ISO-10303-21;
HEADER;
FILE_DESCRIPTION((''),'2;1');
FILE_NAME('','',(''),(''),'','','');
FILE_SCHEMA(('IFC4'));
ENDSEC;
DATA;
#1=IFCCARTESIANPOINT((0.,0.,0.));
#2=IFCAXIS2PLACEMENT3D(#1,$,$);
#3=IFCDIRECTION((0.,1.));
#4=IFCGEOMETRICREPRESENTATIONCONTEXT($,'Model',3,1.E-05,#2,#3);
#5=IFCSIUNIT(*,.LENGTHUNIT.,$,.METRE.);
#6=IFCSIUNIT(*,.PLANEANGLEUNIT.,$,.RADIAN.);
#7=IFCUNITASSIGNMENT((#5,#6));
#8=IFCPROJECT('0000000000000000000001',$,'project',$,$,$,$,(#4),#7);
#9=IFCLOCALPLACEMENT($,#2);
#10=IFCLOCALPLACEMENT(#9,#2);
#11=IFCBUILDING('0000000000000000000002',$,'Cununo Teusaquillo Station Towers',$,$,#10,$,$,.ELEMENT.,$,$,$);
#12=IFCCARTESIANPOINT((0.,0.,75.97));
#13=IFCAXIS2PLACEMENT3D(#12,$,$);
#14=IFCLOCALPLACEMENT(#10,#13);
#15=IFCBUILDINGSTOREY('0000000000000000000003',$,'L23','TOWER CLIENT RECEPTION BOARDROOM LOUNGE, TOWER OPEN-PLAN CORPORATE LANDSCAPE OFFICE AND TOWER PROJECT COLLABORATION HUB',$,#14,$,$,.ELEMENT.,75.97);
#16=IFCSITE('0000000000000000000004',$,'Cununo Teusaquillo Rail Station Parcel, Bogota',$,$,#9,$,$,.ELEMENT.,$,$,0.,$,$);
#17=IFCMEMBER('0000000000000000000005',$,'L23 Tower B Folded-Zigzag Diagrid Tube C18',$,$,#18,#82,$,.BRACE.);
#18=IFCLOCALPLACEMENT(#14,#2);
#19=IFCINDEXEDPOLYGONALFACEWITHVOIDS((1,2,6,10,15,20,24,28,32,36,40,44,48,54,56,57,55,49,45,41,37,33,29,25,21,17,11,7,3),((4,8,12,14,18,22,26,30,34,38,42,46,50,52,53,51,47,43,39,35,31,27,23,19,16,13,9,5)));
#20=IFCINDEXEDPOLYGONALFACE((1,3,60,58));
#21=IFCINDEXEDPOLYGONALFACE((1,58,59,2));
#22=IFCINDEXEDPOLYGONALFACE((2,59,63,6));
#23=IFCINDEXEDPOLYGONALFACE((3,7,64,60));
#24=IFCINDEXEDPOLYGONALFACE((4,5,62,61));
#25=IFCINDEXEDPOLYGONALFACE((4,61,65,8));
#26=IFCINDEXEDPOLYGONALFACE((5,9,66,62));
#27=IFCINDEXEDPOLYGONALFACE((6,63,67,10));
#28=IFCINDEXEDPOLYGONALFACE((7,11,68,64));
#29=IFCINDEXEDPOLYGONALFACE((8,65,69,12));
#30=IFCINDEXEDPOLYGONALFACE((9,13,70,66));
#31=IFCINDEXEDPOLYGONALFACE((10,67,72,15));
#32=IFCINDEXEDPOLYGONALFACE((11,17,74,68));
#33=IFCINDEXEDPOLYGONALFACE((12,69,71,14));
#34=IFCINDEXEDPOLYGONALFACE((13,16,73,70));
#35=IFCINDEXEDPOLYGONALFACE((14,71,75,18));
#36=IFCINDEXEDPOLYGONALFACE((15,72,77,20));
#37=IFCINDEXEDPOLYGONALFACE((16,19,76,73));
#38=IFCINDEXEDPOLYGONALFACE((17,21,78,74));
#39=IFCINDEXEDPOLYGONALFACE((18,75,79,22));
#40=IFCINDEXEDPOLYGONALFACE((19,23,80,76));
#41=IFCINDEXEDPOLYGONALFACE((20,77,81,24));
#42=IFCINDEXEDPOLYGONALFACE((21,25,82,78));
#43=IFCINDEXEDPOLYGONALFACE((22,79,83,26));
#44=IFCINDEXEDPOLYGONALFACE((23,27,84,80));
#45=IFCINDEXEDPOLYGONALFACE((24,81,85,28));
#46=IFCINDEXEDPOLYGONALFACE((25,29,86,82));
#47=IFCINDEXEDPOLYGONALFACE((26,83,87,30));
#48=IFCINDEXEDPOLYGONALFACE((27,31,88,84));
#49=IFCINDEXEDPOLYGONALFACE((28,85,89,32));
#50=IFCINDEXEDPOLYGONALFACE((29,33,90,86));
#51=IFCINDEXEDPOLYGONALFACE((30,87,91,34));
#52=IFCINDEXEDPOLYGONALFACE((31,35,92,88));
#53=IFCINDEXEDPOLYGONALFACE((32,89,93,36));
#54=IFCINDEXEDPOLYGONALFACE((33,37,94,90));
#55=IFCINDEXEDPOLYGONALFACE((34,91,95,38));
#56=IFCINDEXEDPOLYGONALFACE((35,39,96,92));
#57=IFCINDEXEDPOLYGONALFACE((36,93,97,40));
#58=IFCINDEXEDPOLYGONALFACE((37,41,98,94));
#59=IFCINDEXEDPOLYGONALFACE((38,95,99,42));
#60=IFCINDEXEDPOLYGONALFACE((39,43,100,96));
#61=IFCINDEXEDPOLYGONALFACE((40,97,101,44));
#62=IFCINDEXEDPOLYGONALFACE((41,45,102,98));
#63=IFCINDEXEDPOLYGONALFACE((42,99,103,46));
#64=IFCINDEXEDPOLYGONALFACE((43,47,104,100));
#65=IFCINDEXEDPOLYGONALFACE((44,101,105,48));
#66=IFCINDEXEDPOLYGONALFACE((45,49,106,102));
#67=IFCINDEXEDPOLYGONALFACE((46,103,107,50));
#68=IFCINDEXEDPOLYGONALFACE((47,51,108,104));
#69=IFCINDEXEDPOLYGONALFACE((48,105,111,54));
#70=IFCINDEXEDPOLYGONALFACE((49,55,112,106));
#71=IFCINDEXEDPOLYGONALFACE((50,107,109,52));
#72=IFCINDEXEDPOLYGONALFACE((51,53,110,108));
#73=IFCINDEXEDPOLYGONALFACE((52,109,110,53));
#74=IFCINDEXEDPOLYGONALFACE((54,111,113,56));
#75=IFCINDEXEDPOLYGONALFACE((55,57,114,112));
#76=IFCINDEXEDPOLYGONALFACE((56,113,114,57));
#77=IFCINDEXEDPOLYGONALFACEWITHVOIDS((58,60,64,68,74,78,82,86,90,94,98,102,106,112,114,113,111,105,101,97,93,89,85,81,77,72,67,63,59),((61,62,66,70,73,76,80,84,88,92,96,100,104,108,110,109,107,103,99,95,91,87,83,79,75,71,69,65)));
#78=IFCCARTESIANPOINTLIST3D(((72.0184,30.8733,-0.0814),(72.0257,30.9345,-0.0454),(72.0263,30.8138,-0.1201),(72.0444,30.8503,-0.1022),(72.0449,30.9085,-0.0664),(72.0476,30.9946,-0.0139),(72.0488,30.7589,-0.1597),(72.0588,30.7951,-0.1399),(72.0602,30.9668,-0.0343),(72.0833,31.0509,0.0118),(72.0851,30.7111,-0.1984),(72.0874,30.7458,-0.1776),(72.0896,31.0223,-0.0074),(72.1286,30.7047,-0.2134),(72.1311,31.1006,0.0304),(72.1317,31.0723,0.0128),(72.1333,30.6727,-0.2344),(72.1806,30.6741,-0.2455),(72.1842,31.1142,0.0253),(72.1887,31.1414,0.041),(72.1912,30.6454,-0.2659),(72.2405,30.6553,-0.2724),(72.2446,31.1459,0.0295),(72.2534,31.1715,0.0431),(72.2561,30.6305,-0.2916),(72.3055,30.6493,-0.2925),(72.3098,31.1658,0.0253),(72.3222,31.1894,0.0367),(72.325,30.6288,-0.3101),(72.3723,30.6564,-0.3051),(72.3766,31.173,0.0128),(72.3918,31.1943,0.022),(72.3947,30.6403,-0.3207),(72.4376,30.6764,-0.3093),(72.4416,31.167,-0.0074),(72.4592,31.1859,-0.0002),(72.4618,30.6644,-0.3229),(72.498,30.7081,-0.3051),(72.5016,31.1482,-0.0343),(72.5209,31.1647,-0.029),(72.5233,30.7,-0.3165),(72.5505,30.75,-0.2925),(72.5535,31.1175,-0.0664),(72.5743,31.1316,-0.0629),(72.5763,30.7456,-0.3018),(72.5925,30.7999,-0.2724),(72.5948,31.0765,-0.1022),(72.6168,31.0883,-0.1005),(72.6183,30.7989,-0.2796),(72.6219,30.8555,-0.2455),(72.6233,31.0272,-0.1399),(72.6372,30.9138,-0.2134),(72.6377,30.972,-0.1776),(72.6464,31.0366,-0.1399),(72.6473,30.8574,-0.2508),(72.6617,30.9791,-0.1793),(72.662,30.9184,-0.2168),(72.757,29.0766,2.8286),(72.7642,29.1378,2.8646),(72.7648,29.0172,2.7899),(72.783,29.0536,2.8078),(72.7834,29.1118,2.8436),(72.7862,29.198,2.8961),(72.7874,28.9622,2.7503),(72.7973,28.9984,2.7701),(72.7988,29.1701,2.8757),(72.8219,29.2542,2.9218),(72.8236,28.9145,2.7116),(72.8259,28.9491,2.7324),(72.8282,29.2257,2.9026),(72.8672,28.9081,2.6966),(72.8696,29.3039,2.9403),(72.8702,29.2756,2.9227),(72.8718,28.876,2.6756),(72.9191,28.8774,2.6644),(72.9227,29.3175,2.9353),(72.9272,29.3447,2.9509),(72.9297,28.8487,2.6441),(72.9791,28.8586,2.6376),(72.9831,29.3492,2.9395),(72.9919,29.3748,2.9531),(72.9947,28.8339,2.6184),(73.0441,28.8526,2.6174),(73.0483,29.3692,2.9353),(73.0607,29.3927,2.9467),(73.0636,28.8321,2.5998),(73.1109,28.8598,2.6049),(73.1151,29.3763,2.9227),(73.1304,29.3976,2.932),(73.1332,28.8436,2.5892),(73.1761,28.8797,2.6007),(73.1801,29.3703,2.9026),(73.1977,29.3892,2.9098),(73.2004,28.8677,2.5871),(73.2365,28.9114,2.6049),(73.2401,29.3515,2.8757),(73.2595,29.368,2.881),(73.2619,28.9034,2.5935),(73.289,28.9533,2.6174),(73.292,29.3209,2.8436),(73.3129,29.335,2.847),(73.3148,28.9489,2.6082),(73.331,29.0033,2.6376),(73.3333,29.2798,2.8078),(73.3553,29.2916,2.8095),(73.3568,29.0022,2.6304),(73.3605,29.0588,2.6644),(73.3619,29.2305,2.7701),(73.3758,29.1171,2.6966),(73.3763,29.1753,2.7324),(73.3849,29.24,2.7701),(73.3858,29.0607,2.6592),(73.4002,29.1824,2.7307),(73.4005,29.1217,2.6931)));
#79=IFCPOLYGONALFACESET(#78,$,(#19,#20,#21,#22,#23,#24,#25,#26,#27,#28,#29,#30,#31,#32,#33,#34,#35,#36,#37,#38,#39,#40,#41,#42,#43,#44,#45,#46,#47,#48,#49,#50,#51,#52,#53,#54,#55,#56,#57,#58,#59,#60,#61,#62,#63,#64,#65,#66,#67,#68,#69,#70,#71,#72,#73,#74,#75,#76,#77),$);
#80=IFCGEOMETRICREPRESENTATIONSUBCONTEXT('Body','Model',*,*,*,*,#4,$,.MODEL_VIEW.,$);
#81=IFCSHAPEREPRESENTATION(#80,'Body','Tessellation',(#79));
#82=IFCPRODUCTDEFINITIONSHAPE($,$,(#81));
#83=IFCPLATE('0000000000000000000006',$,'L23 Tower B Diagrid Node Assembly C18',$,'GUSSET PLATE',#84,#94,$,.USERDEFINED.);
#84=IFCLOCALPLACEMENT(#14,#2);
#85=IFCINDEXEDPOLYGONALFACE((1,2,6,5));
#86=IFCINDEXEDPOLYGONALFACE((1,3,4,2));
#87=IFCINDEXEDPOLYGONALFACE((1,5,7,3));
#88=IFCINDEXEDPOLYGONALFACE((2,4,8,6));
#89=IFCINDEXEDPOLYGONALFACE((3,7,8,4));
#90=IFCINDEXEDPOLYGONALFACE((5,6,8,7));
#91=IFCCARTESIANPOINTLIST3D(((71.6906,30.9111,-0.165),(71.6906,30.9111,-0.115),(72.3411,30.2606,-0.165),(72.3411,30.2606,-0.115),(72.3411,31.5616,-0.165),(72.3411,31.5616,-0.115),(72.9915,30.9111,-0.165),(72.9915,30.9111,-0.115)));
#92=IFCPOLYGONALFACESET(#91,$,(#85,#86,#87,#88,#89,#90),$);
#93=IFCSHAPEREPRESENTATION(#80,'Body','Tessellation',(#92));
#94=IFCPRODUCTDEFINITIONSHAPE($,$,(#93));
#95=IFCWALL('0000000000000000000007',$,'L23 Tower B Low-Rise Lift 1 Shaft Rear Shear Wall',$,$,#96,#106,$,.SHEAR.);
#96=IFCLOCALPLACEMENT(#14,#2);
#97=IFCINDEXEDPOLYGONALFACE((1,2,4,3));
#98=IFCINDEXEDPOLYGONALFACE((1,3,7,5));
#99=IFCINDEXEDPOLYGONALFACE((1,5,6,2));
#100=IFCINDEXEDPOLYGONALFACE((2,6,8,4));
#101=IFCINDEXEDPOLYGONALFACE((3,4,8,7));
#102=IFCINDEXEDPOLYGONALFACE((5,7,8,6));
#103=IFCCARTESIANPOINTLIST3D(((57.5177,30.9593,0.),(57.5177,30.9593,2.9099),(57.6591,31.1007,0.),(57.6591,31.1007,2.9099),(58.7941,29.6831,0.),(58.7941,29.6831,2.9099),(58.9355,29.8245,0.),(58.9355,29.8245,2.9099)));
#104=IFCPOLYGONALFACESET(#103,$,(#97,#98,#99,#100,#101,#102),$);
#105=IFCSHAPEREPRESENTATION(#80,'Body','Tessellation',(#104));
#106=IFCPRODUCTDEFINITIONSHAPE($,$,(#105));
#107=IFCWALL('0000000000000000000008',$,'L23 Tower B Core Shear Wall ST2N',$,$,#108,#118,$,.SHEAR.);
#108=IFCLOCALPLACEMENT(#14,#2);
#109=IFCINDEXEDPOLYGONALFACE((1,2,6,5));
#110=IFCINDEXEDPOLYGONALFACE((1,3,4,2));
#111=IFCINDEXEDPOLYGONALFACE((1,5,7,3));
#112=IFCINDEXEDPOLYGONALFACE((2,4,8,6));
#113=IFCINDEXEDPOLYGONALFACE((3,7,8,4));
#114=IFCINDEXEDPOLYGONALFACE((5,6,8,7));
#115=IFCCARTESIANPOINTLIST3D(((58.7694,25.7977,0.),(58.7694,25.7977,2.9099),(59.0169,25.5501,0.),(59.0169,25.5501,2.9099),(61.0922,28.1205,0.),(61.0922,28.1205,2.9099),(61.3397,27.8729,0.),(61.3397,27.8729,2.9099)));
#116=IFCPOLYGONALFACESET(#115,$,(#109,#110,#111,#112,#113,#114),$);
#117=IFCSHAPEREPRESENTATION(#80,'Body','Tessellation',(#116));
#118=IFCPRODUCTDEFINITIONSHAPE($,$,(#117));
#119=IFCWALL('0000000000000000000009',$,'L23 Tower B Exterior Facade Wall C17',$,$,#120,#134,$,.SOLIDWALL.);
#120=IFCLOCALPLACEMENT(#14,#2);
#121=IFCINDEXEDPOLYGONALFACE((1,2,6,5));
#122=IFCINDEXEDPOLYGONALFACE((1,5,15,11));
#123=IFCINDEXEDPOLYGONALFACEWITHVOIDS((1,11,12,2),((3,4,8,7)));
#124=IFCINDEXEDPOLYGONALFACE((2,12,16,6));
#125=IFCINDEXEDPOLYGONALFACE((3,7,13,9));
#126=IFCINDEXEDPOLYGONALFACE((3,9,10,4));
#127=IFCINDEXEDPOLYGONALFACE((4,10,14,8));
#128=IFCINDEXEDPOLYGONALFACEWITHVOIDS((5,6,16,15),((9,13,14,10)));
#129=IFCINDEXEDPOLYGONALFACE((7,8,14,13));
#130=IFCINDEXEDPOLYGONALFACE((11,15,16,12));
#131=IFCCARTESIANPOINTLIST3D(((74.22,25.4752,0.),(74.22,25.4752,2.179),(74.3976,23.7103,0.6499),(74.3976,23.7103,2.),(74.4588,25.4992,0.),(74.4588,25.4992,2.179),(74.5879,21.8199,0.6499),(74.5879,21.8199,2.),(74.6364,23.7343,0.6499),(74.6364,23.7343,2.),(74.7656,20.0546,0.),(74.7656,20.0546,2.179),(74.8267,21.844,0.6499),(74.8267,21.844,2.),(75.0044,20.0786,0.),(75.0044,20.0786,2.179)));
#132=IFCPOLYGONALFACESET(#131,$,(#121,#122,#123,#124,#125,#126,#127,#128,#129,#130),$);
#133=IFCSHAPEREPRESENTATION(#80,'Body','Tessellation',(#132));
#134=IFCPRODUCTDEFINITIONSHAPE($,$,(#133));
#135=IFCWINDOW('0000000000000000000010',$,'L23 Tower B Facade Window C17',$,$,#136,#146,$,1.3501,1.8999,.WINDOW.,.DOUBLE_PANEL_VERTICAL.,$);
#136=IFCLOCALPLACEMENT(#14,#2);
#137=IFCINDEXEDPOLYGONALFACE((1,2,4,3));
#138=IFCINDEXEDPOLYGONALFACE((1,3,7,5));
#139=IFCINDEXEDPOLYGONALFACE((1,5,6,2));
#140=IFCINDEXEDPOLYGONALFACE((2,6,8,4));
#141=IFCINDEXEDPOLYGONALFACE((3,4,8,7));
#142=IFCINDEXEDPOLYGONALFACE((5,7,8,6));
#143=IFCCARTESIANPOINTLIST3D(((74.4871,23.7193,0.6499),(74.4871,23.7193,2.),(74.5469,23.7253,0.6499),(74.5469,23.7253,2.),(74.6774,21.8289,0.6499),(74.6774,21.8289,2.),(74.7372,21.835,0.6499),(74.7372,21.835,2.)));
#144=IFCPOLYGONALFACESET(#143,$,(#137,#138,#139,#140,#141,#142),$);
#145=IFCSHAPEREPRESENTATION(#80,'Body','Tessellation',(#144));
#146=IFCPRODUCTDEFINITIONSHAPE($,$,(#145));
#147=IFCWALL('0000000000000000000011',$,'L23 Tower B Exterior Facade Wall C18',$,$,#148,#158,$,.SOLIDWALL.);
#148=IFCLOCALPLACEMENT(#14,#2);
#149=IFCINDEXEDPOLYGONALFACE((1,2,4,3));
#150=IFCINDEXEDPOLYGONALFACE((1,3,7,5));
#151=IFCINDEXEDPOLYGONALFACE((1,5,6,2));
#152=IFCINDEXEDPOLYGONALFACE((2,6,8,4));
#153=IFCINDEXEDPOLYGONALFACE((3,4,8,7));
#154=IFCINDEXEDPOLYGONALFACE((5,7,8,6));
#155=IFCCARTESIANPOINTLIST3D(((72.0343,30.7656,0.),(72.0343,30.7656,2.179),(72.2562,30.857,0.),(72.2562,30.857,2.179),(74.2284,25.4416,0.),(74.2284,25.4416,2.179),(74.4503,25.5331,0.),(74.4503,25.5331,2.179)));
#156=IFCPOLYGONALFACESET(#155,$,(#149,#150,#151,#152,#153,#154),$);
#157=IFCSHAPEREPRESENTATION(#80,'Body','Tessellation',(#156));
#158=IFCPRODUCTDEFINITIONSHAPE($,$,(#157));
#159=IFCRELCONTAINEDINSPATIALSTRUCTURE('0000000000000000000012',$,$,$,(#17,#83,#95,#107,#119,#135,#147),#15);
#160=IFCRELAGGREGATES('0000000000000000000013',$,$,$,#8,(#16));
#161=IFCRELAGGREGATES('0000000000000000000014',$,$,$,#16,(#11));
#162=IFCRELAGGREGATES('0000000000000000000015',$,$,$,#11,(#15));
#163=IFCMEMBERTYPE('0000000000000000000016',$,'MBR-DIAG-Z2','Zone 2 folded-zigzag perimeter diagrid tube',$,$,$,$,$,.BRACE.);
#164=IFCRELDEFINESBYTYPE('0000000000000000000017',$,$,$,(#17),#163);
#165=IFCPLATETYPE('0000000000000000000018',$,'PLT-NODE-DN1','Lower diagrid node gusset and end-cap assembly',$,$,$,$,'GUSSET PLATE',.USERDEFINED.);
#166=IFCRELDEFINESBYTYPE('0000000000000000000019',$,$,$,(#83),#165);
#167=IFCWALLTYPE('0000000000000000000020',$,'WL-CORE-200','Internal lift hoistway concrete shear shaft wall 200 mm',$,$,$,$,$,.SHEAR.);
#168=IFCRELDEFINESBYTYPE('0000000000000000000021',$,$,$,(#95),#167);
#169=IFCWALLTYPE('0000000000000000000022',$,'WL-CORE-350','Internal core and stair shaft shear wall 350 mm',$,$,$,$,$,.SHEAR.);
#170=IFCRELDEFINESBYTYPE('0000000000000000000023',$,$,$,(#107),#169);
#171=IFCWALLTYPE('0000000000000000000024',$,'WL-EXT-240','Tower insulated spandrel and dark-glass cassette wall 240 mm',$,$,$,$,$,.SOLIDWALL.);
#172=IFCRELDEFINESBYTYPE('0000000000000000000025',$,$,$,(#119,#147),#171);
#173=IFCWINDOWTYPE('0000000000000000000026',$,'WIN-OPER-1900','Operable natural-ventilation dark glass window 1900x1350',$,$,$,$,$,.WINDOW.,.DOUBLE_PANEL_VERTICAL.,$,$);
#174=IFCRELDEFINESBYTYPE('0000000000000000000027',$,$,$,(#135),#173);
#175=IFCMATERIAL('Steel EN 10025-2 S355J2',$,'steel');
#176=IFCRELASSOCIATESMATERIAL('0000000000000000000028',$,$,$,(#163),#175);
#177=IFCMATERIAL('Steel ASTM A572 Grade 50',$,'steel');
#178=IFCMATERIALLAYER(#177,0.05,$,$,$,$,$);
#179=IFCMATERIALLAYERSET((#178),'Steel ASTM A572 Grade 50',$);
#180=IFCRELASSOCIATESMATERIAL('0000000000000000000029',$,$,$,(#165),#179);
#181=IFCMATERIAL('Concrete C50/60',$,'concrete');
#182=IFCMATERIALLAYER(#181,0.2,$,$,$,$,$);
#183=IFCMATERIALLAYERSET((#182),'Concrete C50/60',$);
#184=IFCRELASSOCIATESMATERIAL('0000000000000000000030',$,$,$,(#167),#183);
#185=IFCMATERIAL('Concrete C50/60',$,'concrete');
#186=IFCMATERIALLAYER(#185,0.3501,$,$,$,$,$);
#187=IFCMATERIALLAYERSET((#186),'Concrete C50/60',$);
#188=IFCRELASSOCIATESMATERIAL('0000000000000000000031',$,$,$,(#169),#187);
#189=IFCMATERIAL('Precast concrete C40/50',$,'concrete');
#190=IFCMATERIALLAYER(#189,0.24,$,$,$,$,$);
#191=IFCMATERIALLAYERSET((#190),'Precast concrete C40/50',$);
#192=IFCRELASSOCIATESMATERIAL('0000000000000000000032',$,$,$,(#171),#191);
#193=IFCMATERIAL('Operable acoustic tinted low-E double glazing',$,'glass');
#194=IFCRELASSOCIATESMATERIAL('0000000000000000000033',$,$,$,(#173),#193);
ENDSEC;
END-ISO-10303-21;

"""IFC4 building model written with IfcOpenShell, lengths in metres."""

from ifc_helpers import new_model, si_unit, direction, frame, frame_2d, origin, origin_2d, place, context, subcontext, project, spatial, rectangle, hollow_circle, extrude, source, transform, mapped, material, layer, layer_set, material_profile, profile_set, type_object, element, fill, save


model = new_model("IFC4")

# Units and contexts
model_context = context("Model", 3, precision=1e-05, world=origin(), true_north=direction((0.0, 1.0)))
body_context = subcontext(model_context, "Body", "Model", "MODEL_VIEW")
ifc_project = project(units=[si_unit("LENGTHUNIT", "METRE"), si_unit("PLANEANGLEUNIT", "RADIAN")], contexts=[model_context])

# Site, building, storey
site_placement = place(None, origin())
site = spatial("IfcSite", under=ifc_project, at=site_placement, Name="Cununo Teusaquillo Rail Station Parcel, Bogota", CompositionType="ELEMENT", RefElevation=0.0)
building_placement = place(site_placement, origin())
building = spatial("IfcBuilding", under=site, at=building_placement, Name="Cununo Teusaquillo Station Towers", CompositionType="ELEMENT")
storey_placement = place(building_placement, frame((0.0, 0.0, 75.97)))
storey = spatial("IfcBuildingStorey", under=building, at=storey_placement, Name="L23", Description="TOWER CLIENT RECEPTION BOARDROOM LOUNGE, TOWER OPEN-PLAN CORPORATE LANDSCAPE OFFICE AND TOWER PROJECT COLLABORATION HUB", CompositionType="ELEMENT", Elevation=75.97)

# Member
ifc_material_1 = material(Name="Steel EN 10025-2 S355J2", Category="steel")
ifc_material_profile_1 = material_profile(ifc_material_1, hollow_circle(Radius=0.3301, WallThickness=0.0249, at=origin_2d()), Name="CHS 660x25")
ifc_profile_set_1 = profile_set([ifc_material_profile_1], Name="Steel EN 10025-2 S355J2")
member_type = type_object("IfcMemberType", Name="MBR-DIAG-Z2", Description="Zone 2 folded-zigzag perimeter diagrid tube", PredefinedType="BRACE", material=ifc_profile_set_1)
member_placement = place(storey_placement, frame((72.3411, 30.9111, -0.1399), z_axis=(0.211086, -0.513514, 0.831713), x_axis=(0.924907, 0.380193, 0.0)))
element("IfcMember", 1, at=member_placement, inside=storey, type_object=member_type, Name="L23 Tower B Folded-Zigzag Diagrid Tube C18", PredefinedType="BRACE", context=body_context, shape_type="SweptSolid", body=[
    extrude(hollow_circle(Radius=0.3301, WallThickness=0.0249, at=origin_2d()), origin(), (0.0, 0.0, 1.0), 3.4988),
])

# Plate
ifc_material_2 = material(Name="Steel ASTM A572 Grade 50", Category="steel")
ifc_layer_1 = layer(ifc_material_2, 0.05)
ifc_layer_set_1 = layer_set([ifc_layer_1], Name="Steel ASTM A572 Grade 50")
plate_type = type_object("IfcPlateType", Name="PLT-NODE-DN1", Description="Lower diagrid node gusset and end-cap assembly", ElementType="GUSSET PLATE", PredefinedType="USERDEFINED", material=ifc_layer_set_1)
shared_shape_1 = source(origin(), body_context, "Body", "SweptSolid", [
    extrude(rectangle(XDim=0.9199, YDim=0.9199, at=origin_2d()), origin(), (0.0, 0.0, 1.0), 0.05),
])
plate_placement = place(storey_placement, frame((72.3411, 30.9111, -0.165), z_axis=(0.0, 0.0, 1.0), x_axis=(0.707107, 0.707107, 0.0)))
element("IfcPlate", 2, at=plate_placement, inside=storey, type_object=plate_type, Name="L23 Tower B Diagrid Node Assembly C18", ObjectType="GUSSET PLATE", PredefinedType="USERDEFINED", context=body_context, shape_type="MappedRepresentation", body=[
    mapped(shared_shape_1, transform((0.0, 0.0, 0.0), x_axis=(1.0, 0.0, 0.0), y_axis=(0.0, 1.0, 0.0), z_axis=(0.0, 0.0, 1.0), scale=1.0)),
])

# Walls
ifc_material_3 = material(Name="Concrete C50/60", Category="concrete")
ifc_layer_2 = layer(ifc_material_3, 0.2)
ifc_layer_set_2 = layer_set([ifc_layer_2], Name="Concrete C50/60")
wall_type_1 = type_object("IfcWallType", Name="WL-CORE-200", Description="Internal lift hoistway concrete shear shaft wall 200 mm", PredefinedType="SHEAR", material=ifc_layer_set_2)
wall_1_placement = place(storey_placement, frame((58.8647, 29.7539, 0.0), z_axis=(0.0, 0.0, 1.0), x_axis=(-0.707174, 0.707039, 0.0)))
element("IfcWall", 3, at=wall_1_placement, inside=storey, type_object=wall_type_1, Name="L23 Tower B Low-Rise Lift 1 Shaft Rear Shear Wall", PredefinedType="SHEAR", context=body_context, shape_type="SweptSolid", body=[
    extrude(rectangle(XDim=1.8049, YDim=0.2, at=frame_2d((0.9023, 0.0))), origin(), (0.0, 0.0, 1.0), 2.9099),
])
ifc_material_4 = material(Name="Concrete C50/60", Category="concrete")
ifc_layer_3 = layer(ifc_material_4, 0.3501)
ifc_layer_set_3 = layer_set([ifc_layer_3], Name="Concrete C50/60")
wall_type_2 = type_object("IfcWallType", Name="WL-CORE-350", Description="Internal core and stair shaft shear wall 350 mm", PredefinedType="SHEAR", material=ifc_layer_set_3)
wall_2_placement = place(storey_placement, frame((58.8931, 25.6738, 0.0), z_axis=(0.0, 0.0, 1.0), x_axis=(0.707107, 0.707107, 0.0)))
element("IfcWall", 4, at=wall_2_placement, inside=storey, type_object=wall_type_2, Name="L23 Tower B Core Shear Wall ST2N", PredefinedType="SHEAR", context=body_context, shape_type="SweptSolid", body=[
    extrude(rectangle(XDim=3.2849, YDim=0.3501, at=frame_2d((1.6426, 0.0))), origin(), (0.0, 0.0, 1.0), 2.9099),
])

# Wall, opening, window
ifc_material_5 = material(Name="Precast concrete C40/50", Category="concrete")
ifc_layer_4 = layer(ifc_material_5, 0.24)
ifc_layer_set_4 = layer_set([ifc_layer_4], Name="Precast concrete C40/50")
wall_type_3 = type_object("IfcWallType", Name="WL-EXT-240", Description="Tower insulated spandrel and dark-glass cassette wall 240 mm", PredefinedType="SOLIDWALL", material=ifc_layer_set_4)
wall_3_placement = place(storey_placement, frame((74.3394, 25.4873, 0.0), z_axis=(0.0, 0.0, 1.0), x_axis=(0.100156, -0.994972, 0.0)))
wall_3 = element("IfcWall", 5, at=wall_3_placement, inside=storey, type_object=wall_type_3, Name="L23 Tower B Exterior Facade Wall C17", PredefinedType="SOLIDWALL", context=body_context, shape_type="SweptSolid", body=[
    extrude(rectangle(XDim=5.448, YDim=0.24, at=frame_2d((2.7241, 0.0))), origin(), (0.0, 0.0, 1.0), 2.179),
])
shared_shape_2 = source(origin(), body_context, "Body", "SweptSolid", [
    extrude(rectangle(XDim=1.8999, YDim=1.3501, at=frame_2d((0.95, 0.675))), frame((0.0, 0.1299, 0.0), z_axis=(0.0, -1.0, 0.0), x_axis=(1.0, 0.0, 0.0)), (0.0, 0.0, 1.0), 0.26),
])
opening_1_placement = place(wall_3_placement, frame((1.7739, 0.0, 0.6499)))
opening_1 = element("IfcOpeningElement", 6, at=opening_1_placement, cuts=wall_3, PredefinedType="OPENING", context=body_context, shape_type="MappedRepresentation", body=[
    mapped(shared_shape_2, transform((0.0, 0.0, 0.0), x_axis=(1.0, 0.0, 0.0), y_axis=(0.0, 1.0, 0.0), z_axis=(0.0, 0.0, 1.0), scale=1.0)),
])
ifc_material_6 = material(Name="Operable acoustic tinted low-E double glazing", Category="glass")
window_type = type_object("IfcWindowType", Name="WIN-OPER-1900", Description="Operable natural-ventilation dark glass window 1900x1350", PartitioningType="DOUBLE_PANEL_VERTICAL", PredefinedType="WINDOW", material=ifc_material_6)
shared_shape_3 = source(origin(), body_context, "Body", "SweptSolid", [
    extrude(rectangle(XDim=1.8999, YDim=1.3501, at=frame_2d((0.95, 0.675))), frame((0.0, 0.03, 0.0), z_axis=(0.0, -1.0, 0.0), x_axis=(1.0, 0.0, 0.0)), (0.0, 0.0, 1.0), 0.0601),
])
window_placement = place(opening_1_placement, origin())
window = element("IfcWindow", 7, at=window_placement, inside=storey, type_object=window_type, Name="L23 Tower B Facade Window C17", OverallHeight=1.3501, OverallWidth=1.8999, PartitioningType="DOUBLE_PANEL_VERTICAL", PredefinedType="WINDOW", context=body_context, shape_type="MappedRepresentation", body=[
    mapped(shared_shape_3, transform((0.0, 0.0, 0.0), x_axis=(1.0, 0.0, 0.0), y_axis=(0.0, 1.0, 0.0), z_axis=(0.0, 0.0, 1.0), scale=1.0)),
])
fill(opening_1, window)

# Wall
wall_4_placement = place(storey_placement, frame((72.1453, 30.8113, 0.0), z_axis=(0.0, 0.0, 1.0), x_axis=(0.381027, -0.924564, 0.0)))
element("IfcWall", 8, at=wall_4_placement, inside=storey, type_object=wall_type_3, Name="L23 Tower B Exterior Facade Wall C18", PredefinedType="SOLIDWALL", context=body_context, shape_type="SweptSolid", body=[
    extrude(rectangle(XDim=5.7583, YDim=0.24, at=frame_2d((2.8792, 0.0))), origin(), (0.0, 0.0, 1.0), 2.179),
])

save(model, "model.ifc")
